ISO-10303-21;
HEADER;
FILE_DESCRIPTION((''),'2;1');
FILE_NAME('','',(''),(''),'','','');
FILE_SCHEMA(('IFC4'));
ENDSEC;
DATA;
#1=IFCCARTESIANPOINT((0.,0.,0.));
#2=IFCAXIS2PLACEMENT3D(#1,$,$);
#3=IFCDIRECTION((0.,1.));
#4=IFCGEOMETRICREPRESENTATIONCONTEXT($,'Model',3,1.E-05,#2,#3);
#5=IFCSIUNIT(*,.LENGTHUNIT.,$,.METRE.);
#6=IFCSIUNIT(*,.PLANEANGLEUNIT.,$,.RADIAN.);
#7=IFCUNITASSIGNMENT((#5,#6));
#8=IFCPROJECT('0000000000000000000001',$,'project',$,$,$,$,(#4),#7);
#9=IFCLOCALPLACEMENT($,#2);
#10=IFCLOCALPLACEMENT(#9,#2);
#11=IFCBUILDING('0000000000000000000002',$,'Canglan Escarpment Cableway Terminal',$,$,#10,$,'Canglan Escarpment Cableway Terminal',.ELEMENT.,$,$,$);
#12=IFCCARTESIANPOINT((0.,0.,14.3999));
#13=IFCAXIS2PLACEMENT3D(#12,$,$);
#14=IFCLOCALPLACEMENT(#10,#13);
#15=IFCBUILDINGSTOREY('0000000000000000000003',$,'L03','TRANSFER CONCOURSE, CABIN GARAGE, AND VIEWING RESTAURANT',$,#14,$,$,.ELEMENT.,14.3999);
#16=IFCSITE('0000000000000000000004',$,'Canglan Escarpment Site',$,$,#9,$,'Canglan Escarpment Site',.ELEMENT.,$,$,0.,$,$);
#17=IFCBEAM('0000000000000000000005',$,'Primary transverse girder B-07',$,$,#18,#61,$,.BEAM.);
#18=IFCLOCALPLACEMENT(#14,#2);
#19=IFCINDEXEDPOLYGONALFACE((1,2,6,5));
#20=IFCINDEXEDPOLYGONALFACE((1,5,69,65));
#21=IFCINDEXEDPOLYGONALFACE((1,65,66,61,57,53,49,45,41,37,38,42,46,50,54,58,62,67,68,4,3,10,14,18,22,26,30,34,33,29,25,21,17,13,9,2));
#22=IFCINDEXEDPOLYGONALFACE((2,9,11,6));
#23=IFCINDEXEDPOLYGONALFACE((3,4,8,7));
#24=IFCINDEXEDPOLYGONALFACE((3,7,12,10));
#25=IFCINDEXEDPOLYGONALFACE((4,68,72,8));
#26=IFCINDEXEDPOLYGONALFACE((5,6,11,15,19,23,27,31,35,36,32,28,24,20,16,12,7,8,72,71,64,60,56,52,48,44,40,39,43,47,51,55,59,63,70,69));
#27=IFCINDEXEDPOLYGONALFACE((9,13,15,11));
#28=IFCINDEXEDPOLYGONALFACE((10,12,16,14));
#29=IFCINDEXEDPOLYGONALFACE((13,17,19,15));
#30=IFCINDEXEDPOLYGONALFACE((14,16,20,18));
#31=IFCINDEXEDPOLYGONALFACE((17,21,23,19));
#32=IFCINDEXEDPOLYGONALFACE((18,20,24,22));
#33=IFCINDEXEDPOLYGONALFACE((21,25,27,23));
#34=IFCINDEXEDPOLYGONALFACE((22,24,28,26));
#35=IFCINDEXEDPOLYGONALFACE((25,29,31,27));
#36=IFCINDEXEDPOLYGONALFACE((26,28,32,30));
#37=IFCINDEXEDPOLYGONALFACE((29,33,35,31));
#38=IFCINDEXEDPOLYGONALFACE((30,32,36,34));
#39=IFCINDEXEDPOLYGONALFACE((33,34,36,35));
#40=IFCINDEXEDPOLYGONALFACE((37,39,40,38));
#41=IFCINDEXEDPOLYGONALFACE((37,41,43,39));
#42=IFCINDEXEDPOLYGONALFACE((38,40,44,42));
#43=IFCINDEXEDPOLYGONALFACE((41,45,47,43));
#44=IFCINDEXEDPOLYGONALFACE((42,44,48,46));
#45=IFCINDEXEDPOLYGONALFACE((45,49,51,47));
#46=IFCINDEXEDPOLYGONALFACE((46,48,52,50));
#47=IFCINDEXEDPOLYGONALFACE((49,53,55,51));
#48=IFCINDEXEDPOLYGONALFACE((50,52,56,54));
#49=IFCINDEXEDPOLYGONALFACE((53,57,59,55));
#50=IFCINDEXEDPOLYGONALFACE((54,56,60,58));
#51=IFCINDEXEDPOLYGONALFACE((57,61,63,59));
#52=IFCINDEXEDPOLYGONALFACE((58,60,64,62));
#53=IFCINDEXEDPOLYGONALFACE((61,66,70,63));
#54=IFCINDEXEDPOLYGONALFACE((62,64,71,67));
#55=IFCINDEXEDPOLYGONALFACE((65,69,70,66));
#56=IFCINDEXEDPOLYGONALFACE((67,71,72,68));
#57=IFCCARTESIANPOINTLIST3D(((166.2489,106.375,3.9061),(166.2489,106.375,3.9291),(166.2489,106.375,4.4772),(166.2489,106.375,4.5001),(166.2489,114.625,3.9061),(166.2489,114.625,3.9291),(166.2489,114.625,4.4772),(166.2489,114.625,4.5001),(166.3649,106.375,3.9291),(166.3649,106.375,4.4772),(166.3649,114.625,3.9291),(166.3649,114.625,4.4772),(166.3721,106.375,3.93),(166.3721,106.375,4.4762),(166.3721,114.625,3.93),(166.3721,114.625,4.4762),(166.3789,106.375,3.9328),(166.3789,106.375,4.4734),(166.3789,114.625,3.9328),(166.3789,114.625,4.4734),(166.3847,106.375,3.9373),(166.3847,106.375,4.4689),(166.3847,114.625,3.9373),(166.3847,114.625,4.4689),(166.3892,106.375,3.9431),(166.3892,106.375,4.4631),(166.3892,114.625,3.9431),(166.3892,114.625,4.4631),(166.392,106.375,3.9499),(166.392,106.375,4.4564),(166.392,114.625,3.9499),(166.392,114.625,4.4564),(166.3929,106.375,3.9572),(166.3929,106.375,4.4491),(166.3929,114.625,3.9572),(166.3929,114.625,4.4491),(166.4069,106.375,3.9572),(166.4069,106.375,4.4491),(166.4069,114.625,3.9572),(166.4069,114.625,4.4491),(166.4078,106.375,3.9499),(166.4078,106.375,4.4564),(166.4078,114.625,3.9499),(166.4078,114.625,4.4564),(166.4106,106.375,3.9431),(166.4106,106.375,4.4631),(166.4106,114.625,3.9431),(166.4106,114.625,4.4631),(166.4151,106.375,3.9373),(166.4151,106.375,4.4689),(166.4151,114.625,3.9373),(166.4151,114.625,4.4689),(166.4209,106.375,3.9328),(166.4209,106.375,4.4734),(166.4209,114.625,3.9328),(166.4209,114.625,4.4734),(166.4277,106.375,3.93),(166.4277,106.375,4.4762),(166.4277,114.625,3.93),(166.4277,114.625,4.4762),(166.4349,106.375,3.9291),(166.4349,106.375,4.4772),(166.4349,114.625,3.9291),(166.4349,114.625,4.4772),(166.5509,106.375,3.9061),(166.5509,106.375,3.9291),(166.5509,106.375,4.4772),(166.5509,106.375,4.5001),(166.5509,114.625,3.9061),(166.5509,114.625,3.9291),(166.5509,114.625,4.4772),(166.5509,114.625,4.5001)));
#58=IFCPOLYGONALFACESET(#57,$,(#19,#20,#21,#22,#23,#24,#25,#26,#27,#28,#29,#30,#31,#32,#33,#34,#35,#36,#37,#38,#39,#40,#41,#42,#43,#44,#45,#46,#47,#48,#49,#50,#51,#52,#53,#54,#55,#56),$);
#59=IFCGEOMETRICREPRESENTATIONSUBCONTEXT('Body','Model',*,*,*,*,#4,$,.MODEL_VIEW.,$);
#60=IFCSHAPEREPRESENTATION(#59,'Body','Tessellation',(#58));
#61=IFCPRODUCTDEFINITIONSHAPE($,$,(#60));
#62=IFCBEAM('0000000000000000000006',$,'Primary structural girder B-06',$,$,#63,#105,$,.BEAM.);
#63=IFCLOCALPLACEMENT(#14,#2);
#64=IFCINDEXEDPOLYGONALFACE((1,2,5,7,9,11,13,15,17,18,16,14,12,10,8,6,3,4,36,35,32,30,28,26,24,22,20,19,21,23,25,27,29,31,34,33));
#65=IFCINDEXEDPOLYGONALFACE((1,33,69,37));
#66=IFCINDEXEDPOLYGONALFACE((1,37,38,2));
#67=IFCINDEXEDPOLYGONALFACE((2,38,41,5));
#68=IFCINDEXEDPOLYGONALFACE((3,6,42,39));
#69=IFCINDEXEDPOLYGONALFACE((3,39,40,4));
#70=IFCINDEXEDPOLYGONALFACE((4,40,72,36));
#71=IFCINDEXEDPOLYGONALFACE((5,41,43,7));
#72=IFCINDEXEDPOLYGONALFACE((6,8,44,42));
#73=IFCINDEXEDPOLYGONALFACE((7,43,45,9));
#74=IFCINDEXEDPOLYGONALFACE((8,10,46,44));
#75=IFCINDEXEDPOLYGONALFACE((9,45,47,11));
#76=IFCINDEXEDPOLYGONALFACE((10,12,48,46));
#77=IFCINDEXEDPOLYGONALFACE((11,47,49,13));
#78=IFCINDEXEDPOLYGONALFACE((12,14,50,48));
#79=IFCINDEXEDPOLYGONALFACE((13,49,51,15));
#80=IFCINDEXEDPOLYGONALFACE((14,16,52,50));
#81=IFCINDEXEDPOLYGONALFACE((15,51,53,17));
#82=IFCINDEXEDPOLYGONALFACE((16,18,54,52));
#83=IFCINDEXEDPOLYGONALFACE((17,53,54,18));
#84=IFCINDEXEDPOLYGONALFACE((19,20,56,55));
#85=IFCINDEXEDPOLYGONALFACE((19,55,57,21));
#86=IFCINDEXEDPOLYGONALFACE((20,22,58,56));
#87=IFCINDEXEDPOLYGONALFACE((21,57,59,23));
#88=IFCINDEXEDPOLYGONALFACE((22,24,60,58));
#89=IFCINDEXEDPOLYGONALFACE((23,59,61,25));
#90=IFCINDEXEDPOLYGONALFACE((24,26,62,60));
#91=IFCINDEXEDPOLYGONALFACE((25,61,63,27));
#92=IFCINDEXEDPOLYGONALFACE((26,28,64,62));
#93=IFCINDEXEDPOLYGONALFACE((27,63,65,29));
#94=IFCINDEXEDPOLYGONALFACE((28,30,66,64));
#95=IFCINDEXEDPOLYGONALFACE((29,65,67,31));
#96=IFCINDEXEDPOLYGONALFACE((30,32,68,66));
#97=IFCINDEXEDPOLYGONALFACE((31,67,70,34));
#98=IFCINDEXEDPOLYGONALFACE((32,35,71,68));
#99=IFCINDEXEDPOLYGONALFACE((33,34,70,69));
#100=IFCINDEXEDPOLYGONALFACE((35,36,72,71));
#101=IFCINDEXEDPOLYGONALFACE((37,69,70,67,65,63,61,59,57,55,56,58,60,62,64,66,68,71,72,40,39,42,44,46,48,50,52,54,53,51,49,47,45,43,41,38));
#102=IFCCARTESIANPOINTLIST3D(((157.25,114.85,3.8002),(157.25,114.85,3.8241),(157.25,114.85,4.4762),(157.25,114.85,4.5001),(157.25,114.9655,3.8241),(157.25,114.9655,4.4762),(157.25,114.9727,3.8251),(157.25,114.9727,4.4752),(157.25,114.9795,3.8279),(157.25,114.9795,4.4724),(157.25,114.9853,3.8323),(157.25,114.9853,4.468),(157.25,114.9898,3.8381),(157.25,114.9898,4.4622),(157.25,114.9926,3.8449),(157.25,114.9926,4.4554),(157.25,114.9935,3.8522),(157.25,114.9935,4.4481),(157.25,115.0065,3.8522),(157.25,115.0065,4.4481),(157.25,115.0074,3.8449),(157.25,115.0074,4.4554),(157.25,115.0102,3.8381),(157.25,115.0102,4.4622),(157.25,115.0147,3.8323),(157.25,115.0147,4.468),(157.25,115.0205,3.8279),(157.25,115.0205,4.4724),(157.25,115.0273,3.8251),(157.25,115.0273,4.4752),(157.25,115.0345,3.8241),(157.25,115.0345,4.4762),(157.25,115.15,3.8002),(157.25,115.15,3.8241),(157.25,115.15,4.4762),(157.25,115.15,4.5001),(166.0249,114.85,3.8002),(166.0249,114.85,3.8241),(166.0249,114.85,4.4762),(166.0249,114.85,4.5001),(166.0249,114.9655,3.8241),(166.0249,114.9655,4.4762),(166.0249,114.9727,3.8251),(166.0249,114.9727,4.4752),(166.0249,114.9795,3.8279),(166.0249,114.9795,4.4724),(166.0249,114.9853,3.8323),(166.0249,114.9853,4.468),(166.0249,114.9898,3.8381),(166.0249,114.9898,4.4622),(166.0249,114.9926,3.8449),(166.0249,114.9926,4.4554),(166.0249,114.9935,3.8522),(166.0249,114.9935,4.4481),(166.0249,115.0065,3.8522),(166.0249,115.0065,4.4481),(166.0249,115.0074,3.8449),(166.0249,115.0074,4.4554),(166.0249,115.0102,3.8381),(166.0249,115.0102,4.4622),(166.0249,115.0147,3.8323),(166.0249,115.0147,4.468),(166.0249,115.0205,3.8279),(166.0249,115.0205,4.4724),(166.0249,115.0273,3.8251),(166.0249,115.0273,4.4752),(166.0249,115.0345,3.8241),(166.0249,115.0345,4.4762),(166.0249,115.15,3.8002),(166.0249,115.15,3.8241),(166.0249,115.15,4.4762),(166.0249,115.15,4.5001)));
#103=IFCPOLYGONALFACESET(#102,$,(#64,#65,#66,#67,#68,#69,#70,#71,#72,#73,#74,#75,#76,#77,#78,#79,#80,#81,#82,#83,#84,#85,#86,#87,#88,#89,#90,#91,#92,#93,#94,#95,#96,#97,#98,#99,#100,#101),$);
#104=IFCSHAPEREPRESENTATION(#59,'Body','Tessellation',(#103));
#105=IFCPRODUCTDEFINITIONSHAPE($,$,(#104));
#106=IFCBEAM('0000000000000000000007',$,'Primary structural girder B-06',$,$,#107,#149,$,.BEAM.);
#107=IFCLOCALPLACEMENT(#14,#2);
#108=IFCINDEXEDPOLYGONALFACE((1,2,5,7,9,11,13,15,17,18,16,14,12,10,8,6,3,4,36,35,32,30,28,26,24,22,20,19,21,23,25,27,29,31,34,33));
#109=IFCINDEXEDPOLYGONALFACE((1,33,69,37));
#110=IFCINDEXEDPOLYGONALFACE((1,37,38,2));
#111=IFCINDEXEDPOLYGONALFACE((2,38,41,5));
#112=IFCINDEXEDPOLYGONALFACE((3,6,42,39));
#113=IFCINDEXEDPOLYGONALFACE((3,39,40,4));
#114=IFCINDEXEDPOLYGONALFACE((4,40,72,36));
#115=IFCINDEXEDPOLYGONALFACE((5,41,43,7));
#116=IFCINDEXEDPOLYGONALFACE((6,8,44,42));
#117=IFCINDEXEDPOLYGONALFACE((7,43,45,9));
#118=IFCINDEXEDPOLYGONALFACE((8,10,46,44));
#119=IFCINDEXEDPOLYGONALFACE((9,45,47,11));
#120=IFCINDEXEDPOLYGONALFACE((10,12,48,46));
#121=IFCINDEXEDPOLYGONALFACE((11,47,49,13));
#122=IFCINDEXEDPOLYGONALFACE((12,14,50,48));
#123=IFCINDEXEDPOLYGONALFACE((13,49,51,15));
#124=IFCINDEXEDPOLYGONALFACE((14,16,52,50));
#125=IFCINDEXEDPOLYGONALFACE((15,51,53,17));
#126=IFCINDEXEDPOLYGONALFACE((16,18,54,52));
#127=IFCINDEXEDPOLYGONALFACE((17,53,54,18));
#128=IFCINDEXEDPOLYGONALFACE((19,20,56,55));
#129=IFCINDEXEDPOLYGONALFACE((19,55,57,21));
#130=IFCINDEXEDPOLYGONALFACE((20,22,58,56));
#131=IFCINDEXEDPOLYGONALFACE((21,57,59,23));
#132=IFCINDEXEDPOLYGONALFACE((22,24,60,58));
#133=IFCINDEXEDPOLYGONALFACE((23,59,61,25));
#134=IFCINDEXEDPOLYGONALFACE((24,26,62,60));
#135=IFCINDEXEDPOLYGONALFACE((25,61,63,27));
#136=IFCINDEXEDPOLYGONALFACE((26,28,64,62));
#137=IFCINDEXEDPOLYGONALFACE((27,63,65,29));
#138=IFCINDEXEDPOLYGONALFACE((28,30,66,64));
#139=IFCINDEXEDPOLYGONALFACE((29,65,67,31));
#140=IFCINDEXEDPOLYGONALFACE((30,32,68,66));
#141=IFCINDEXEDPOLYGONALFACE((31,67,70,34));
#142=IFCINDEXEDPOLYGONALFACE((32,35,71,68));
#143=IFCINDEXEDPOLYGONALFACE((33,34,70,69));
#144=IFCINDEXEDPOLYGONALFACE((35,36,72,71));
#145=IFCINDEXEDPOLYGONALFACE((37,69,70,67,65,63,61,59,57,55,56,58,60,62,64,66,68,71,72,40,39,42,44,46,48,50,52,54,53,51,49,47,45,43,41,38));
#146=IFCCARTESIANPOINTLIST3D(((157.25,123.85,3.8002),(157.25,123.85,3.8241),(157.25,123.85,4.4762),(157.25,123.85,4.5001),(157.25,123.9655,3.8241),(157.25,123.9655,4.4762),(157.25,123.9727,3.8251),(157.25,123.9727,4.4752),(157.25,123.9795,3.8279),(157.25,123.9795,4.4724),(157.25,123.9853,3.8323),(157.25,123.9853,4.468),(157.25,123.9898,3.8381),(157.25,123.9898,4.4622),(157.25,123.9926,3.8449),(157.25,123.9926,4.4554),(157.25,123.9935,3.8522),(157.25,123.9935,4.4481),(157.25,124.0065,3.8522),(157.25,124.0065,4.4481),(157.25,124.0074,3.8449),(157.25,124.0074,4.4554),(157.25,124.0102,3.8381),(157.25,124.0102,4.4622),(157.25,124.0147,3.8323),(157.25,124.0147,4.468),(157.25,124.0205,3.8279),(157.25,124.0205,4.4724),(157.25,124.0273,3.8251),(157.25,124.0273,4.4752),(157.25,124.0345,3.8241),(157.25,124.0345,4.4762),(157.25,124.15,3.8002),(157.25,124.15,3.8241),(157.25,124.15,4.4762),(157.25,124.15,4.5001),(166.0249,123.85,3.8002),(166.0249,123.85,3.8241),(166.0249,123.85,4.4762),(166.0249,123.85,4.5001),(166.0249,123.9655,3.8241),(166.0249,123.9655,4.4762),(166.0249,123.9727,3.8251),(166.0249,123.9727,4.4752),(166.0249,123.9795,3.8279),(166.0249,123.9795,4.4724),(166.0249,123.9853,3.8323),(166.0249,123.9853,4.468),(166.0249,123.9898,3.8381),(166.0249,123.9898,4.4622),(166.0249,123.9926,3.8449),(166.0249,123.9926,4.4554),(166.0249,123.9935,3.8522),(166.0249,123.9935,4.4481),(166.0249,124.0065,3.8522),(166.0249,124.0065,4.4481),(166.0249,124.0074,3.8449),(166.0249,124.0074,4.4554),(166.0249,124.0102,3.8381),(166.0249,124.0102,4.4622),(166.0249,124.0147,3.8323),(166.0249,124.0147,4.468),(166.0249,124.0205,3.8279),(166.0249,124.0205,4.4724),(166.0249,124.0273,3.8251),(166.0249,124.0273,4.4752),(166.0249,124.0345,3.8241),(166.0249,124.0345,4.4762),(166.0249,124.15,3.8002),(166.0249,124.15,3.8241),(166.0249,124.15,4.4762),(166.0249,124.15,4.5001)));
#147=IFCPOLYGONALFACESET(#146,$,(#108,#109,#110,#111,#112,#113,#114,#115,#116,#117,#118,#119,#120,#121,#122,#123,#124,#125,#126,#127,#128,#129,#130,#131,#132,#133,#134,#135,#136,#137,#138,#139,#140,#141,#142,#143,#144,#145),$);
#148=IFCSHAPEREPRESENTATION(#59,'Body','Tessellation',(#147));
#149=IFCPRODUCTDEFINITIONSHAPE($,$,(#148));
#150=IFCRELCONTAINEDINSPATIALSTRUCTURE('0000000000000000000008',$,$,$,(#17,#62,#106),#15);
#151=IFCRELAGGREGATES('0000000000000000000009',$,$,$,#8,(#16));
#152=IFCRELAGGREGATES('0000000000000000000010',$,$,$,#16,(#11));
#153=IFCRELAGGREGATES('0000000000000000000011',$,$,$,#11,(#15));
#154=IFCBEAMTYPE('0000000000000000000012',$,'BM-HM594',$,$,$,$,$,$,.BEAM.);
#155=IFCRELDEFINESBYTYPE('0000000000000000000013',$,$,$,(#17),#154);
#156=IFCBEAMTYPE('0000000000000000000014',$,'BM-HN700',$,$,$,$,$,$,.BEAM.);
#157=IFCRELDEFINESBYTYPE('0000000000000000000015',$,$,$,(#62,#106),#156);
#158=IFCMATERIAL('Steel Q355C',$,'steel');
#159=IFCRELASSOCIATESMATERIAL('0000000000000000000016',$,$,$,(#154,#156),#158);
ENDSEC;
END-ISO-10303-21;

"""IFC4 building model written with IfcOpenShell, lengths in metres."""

from ifc_helpers import new_model, si_unit, direction, frame, origin, origin_2d, place, context, subcontext, project, spatial, i_section, extrude, material, material_profile, profile_set, type_object, element, save


model = new_model("IFC4")

# Units and contexts
model_context = context("Model", 3, precision=1e-05, world=origin(), true_north=direction((0.0, 1.0)))
body_context = subcontext(model_context, "Body", "Model", "MODEL_VIEW")
ifc_project = project(units=[si_unit("LENGTHUNIT", "METRE"), si_unit("PLANEANGLEUNIT", "RADIAN")], contexts=[model_context])

# Site, building, storey
site_placement = place(None, origin())
site = spatial("IfcSite", under=ifc_project, at=site_placement, Name="Canglan Escarpment Site", LongName="Canglan Escarpment Site", CompositionType="ELEMENT", RefElevation=0.0)
building_placement = place(site_placement, origin())
building = spatial("IfcBuilding", under=site, at=building_placement, Name="Canglan Escarpment Cableway Terminal", LongName="Canglan Escarpment Cableway Terminal", CompositionType="ELEMENT")
storey_placement = place(building_placement, frame((0.0, 0.0, 14.3999)))
storey = spatial("IfcBuildingStorey", under=building, at=storey_placement, Name="L03", Description="TRANSFER CONCOURSE, CABIN GARAGE, AND VIEWING RESTAURANT", CompositionType="ELEMENT", Elevation=14.3999)

# Beams
ifc_material_1 = material(Name="Steel Q355C", Category="steel")
ifc_material_profile_1 = material_profile(ifc_material_1, i_section(OverallWidth=0.302, OverallDepth=0.594, WebThickness=0.0139, FlangeThickness=0.0229, FilletRadius=0.0281, at=origin_2d()), Name="HM 594x302x14x23")
ifc_profile_set_1 = profile_set([ifc_material_profile_1], Name="Steel Q355C")
beam_type_1 = type_object("IfcBeamType", Name="BM-HM594", PredefinedType="BEAM", material=ifc_profile_set_1)
beam_1_placement = place(storey_placement, frame((166.3999, 106.375, 4.2031), z_axis=(0.0, 1.0, 0.0), x_axis=(-1.0, 0.0, 0.0)))
element("IfcBeam", 1, at=beam_1_placement, inside=storey, type_object=beam_type_1, Name="Primary transverse girder B-07", PredefinedType="BEAM", context=body_context, shape_type="SweptSolid", body=[
    extrude(i_section(OverallWidth=0.302, OverallDepth=0.594, WebThickness=0.0139, FlangeThickness=0.0229, FilletRadius=0.0281, at=origin_2d()), origin(), (0.0, 0.0, 1.0), 8.25),
])
ifc_material_profile_2 = material_profile(ifc_material_1, i_section(OverallWidth=0.3, OverallDepth=0.7, WebThickness=0.0129, FlangeThickness=0.0239, FilletRadius=0.0281, at=origin_2d()), Name="HN 700x300x13x24")
ifc_profile_set_2 = profile_set([ifc_material_profile_2], Name="Steel Q355C")
beam_type_2 = type_object("IfcBeamType", Name="BM-HN700", PredefinedType="BEAM", material=ifc_profile_set_2)
for number, where, z_axis, x_axis, name in (
    (2, (157.25, 115.0, 4.1501), (1.0, 0.0, 0.0), (0.0, 1.0, 0.0), "Primary structural girder B-06"),
    (3, (157.25, 124.0, 4.1501), (1.0, 0.0, 0.0), (0.0, 1.0, 0.0), "Primary structural girder B-06"),
):
    element("IfcBeam", number, at=place(storey_placement, frame(where, z_axis=z_axis, x_axis=x_axis)), inside=storey, type_object=beam_type_2, Name=name, PredefinedType="BEAM", context=body_context, shape_type="SweptSolid", body=[
        extrude(i_section(OverallWidth=0.3, OverallDepth=0.7, WebThickness=0.0129, FlangeThickness=0.0239, FilletRadius=0.0281, at=origin_2d()), origin(), (0.0, 0.0, 1.0), 8.7749),
    ])

save(model, "model.ifc")
